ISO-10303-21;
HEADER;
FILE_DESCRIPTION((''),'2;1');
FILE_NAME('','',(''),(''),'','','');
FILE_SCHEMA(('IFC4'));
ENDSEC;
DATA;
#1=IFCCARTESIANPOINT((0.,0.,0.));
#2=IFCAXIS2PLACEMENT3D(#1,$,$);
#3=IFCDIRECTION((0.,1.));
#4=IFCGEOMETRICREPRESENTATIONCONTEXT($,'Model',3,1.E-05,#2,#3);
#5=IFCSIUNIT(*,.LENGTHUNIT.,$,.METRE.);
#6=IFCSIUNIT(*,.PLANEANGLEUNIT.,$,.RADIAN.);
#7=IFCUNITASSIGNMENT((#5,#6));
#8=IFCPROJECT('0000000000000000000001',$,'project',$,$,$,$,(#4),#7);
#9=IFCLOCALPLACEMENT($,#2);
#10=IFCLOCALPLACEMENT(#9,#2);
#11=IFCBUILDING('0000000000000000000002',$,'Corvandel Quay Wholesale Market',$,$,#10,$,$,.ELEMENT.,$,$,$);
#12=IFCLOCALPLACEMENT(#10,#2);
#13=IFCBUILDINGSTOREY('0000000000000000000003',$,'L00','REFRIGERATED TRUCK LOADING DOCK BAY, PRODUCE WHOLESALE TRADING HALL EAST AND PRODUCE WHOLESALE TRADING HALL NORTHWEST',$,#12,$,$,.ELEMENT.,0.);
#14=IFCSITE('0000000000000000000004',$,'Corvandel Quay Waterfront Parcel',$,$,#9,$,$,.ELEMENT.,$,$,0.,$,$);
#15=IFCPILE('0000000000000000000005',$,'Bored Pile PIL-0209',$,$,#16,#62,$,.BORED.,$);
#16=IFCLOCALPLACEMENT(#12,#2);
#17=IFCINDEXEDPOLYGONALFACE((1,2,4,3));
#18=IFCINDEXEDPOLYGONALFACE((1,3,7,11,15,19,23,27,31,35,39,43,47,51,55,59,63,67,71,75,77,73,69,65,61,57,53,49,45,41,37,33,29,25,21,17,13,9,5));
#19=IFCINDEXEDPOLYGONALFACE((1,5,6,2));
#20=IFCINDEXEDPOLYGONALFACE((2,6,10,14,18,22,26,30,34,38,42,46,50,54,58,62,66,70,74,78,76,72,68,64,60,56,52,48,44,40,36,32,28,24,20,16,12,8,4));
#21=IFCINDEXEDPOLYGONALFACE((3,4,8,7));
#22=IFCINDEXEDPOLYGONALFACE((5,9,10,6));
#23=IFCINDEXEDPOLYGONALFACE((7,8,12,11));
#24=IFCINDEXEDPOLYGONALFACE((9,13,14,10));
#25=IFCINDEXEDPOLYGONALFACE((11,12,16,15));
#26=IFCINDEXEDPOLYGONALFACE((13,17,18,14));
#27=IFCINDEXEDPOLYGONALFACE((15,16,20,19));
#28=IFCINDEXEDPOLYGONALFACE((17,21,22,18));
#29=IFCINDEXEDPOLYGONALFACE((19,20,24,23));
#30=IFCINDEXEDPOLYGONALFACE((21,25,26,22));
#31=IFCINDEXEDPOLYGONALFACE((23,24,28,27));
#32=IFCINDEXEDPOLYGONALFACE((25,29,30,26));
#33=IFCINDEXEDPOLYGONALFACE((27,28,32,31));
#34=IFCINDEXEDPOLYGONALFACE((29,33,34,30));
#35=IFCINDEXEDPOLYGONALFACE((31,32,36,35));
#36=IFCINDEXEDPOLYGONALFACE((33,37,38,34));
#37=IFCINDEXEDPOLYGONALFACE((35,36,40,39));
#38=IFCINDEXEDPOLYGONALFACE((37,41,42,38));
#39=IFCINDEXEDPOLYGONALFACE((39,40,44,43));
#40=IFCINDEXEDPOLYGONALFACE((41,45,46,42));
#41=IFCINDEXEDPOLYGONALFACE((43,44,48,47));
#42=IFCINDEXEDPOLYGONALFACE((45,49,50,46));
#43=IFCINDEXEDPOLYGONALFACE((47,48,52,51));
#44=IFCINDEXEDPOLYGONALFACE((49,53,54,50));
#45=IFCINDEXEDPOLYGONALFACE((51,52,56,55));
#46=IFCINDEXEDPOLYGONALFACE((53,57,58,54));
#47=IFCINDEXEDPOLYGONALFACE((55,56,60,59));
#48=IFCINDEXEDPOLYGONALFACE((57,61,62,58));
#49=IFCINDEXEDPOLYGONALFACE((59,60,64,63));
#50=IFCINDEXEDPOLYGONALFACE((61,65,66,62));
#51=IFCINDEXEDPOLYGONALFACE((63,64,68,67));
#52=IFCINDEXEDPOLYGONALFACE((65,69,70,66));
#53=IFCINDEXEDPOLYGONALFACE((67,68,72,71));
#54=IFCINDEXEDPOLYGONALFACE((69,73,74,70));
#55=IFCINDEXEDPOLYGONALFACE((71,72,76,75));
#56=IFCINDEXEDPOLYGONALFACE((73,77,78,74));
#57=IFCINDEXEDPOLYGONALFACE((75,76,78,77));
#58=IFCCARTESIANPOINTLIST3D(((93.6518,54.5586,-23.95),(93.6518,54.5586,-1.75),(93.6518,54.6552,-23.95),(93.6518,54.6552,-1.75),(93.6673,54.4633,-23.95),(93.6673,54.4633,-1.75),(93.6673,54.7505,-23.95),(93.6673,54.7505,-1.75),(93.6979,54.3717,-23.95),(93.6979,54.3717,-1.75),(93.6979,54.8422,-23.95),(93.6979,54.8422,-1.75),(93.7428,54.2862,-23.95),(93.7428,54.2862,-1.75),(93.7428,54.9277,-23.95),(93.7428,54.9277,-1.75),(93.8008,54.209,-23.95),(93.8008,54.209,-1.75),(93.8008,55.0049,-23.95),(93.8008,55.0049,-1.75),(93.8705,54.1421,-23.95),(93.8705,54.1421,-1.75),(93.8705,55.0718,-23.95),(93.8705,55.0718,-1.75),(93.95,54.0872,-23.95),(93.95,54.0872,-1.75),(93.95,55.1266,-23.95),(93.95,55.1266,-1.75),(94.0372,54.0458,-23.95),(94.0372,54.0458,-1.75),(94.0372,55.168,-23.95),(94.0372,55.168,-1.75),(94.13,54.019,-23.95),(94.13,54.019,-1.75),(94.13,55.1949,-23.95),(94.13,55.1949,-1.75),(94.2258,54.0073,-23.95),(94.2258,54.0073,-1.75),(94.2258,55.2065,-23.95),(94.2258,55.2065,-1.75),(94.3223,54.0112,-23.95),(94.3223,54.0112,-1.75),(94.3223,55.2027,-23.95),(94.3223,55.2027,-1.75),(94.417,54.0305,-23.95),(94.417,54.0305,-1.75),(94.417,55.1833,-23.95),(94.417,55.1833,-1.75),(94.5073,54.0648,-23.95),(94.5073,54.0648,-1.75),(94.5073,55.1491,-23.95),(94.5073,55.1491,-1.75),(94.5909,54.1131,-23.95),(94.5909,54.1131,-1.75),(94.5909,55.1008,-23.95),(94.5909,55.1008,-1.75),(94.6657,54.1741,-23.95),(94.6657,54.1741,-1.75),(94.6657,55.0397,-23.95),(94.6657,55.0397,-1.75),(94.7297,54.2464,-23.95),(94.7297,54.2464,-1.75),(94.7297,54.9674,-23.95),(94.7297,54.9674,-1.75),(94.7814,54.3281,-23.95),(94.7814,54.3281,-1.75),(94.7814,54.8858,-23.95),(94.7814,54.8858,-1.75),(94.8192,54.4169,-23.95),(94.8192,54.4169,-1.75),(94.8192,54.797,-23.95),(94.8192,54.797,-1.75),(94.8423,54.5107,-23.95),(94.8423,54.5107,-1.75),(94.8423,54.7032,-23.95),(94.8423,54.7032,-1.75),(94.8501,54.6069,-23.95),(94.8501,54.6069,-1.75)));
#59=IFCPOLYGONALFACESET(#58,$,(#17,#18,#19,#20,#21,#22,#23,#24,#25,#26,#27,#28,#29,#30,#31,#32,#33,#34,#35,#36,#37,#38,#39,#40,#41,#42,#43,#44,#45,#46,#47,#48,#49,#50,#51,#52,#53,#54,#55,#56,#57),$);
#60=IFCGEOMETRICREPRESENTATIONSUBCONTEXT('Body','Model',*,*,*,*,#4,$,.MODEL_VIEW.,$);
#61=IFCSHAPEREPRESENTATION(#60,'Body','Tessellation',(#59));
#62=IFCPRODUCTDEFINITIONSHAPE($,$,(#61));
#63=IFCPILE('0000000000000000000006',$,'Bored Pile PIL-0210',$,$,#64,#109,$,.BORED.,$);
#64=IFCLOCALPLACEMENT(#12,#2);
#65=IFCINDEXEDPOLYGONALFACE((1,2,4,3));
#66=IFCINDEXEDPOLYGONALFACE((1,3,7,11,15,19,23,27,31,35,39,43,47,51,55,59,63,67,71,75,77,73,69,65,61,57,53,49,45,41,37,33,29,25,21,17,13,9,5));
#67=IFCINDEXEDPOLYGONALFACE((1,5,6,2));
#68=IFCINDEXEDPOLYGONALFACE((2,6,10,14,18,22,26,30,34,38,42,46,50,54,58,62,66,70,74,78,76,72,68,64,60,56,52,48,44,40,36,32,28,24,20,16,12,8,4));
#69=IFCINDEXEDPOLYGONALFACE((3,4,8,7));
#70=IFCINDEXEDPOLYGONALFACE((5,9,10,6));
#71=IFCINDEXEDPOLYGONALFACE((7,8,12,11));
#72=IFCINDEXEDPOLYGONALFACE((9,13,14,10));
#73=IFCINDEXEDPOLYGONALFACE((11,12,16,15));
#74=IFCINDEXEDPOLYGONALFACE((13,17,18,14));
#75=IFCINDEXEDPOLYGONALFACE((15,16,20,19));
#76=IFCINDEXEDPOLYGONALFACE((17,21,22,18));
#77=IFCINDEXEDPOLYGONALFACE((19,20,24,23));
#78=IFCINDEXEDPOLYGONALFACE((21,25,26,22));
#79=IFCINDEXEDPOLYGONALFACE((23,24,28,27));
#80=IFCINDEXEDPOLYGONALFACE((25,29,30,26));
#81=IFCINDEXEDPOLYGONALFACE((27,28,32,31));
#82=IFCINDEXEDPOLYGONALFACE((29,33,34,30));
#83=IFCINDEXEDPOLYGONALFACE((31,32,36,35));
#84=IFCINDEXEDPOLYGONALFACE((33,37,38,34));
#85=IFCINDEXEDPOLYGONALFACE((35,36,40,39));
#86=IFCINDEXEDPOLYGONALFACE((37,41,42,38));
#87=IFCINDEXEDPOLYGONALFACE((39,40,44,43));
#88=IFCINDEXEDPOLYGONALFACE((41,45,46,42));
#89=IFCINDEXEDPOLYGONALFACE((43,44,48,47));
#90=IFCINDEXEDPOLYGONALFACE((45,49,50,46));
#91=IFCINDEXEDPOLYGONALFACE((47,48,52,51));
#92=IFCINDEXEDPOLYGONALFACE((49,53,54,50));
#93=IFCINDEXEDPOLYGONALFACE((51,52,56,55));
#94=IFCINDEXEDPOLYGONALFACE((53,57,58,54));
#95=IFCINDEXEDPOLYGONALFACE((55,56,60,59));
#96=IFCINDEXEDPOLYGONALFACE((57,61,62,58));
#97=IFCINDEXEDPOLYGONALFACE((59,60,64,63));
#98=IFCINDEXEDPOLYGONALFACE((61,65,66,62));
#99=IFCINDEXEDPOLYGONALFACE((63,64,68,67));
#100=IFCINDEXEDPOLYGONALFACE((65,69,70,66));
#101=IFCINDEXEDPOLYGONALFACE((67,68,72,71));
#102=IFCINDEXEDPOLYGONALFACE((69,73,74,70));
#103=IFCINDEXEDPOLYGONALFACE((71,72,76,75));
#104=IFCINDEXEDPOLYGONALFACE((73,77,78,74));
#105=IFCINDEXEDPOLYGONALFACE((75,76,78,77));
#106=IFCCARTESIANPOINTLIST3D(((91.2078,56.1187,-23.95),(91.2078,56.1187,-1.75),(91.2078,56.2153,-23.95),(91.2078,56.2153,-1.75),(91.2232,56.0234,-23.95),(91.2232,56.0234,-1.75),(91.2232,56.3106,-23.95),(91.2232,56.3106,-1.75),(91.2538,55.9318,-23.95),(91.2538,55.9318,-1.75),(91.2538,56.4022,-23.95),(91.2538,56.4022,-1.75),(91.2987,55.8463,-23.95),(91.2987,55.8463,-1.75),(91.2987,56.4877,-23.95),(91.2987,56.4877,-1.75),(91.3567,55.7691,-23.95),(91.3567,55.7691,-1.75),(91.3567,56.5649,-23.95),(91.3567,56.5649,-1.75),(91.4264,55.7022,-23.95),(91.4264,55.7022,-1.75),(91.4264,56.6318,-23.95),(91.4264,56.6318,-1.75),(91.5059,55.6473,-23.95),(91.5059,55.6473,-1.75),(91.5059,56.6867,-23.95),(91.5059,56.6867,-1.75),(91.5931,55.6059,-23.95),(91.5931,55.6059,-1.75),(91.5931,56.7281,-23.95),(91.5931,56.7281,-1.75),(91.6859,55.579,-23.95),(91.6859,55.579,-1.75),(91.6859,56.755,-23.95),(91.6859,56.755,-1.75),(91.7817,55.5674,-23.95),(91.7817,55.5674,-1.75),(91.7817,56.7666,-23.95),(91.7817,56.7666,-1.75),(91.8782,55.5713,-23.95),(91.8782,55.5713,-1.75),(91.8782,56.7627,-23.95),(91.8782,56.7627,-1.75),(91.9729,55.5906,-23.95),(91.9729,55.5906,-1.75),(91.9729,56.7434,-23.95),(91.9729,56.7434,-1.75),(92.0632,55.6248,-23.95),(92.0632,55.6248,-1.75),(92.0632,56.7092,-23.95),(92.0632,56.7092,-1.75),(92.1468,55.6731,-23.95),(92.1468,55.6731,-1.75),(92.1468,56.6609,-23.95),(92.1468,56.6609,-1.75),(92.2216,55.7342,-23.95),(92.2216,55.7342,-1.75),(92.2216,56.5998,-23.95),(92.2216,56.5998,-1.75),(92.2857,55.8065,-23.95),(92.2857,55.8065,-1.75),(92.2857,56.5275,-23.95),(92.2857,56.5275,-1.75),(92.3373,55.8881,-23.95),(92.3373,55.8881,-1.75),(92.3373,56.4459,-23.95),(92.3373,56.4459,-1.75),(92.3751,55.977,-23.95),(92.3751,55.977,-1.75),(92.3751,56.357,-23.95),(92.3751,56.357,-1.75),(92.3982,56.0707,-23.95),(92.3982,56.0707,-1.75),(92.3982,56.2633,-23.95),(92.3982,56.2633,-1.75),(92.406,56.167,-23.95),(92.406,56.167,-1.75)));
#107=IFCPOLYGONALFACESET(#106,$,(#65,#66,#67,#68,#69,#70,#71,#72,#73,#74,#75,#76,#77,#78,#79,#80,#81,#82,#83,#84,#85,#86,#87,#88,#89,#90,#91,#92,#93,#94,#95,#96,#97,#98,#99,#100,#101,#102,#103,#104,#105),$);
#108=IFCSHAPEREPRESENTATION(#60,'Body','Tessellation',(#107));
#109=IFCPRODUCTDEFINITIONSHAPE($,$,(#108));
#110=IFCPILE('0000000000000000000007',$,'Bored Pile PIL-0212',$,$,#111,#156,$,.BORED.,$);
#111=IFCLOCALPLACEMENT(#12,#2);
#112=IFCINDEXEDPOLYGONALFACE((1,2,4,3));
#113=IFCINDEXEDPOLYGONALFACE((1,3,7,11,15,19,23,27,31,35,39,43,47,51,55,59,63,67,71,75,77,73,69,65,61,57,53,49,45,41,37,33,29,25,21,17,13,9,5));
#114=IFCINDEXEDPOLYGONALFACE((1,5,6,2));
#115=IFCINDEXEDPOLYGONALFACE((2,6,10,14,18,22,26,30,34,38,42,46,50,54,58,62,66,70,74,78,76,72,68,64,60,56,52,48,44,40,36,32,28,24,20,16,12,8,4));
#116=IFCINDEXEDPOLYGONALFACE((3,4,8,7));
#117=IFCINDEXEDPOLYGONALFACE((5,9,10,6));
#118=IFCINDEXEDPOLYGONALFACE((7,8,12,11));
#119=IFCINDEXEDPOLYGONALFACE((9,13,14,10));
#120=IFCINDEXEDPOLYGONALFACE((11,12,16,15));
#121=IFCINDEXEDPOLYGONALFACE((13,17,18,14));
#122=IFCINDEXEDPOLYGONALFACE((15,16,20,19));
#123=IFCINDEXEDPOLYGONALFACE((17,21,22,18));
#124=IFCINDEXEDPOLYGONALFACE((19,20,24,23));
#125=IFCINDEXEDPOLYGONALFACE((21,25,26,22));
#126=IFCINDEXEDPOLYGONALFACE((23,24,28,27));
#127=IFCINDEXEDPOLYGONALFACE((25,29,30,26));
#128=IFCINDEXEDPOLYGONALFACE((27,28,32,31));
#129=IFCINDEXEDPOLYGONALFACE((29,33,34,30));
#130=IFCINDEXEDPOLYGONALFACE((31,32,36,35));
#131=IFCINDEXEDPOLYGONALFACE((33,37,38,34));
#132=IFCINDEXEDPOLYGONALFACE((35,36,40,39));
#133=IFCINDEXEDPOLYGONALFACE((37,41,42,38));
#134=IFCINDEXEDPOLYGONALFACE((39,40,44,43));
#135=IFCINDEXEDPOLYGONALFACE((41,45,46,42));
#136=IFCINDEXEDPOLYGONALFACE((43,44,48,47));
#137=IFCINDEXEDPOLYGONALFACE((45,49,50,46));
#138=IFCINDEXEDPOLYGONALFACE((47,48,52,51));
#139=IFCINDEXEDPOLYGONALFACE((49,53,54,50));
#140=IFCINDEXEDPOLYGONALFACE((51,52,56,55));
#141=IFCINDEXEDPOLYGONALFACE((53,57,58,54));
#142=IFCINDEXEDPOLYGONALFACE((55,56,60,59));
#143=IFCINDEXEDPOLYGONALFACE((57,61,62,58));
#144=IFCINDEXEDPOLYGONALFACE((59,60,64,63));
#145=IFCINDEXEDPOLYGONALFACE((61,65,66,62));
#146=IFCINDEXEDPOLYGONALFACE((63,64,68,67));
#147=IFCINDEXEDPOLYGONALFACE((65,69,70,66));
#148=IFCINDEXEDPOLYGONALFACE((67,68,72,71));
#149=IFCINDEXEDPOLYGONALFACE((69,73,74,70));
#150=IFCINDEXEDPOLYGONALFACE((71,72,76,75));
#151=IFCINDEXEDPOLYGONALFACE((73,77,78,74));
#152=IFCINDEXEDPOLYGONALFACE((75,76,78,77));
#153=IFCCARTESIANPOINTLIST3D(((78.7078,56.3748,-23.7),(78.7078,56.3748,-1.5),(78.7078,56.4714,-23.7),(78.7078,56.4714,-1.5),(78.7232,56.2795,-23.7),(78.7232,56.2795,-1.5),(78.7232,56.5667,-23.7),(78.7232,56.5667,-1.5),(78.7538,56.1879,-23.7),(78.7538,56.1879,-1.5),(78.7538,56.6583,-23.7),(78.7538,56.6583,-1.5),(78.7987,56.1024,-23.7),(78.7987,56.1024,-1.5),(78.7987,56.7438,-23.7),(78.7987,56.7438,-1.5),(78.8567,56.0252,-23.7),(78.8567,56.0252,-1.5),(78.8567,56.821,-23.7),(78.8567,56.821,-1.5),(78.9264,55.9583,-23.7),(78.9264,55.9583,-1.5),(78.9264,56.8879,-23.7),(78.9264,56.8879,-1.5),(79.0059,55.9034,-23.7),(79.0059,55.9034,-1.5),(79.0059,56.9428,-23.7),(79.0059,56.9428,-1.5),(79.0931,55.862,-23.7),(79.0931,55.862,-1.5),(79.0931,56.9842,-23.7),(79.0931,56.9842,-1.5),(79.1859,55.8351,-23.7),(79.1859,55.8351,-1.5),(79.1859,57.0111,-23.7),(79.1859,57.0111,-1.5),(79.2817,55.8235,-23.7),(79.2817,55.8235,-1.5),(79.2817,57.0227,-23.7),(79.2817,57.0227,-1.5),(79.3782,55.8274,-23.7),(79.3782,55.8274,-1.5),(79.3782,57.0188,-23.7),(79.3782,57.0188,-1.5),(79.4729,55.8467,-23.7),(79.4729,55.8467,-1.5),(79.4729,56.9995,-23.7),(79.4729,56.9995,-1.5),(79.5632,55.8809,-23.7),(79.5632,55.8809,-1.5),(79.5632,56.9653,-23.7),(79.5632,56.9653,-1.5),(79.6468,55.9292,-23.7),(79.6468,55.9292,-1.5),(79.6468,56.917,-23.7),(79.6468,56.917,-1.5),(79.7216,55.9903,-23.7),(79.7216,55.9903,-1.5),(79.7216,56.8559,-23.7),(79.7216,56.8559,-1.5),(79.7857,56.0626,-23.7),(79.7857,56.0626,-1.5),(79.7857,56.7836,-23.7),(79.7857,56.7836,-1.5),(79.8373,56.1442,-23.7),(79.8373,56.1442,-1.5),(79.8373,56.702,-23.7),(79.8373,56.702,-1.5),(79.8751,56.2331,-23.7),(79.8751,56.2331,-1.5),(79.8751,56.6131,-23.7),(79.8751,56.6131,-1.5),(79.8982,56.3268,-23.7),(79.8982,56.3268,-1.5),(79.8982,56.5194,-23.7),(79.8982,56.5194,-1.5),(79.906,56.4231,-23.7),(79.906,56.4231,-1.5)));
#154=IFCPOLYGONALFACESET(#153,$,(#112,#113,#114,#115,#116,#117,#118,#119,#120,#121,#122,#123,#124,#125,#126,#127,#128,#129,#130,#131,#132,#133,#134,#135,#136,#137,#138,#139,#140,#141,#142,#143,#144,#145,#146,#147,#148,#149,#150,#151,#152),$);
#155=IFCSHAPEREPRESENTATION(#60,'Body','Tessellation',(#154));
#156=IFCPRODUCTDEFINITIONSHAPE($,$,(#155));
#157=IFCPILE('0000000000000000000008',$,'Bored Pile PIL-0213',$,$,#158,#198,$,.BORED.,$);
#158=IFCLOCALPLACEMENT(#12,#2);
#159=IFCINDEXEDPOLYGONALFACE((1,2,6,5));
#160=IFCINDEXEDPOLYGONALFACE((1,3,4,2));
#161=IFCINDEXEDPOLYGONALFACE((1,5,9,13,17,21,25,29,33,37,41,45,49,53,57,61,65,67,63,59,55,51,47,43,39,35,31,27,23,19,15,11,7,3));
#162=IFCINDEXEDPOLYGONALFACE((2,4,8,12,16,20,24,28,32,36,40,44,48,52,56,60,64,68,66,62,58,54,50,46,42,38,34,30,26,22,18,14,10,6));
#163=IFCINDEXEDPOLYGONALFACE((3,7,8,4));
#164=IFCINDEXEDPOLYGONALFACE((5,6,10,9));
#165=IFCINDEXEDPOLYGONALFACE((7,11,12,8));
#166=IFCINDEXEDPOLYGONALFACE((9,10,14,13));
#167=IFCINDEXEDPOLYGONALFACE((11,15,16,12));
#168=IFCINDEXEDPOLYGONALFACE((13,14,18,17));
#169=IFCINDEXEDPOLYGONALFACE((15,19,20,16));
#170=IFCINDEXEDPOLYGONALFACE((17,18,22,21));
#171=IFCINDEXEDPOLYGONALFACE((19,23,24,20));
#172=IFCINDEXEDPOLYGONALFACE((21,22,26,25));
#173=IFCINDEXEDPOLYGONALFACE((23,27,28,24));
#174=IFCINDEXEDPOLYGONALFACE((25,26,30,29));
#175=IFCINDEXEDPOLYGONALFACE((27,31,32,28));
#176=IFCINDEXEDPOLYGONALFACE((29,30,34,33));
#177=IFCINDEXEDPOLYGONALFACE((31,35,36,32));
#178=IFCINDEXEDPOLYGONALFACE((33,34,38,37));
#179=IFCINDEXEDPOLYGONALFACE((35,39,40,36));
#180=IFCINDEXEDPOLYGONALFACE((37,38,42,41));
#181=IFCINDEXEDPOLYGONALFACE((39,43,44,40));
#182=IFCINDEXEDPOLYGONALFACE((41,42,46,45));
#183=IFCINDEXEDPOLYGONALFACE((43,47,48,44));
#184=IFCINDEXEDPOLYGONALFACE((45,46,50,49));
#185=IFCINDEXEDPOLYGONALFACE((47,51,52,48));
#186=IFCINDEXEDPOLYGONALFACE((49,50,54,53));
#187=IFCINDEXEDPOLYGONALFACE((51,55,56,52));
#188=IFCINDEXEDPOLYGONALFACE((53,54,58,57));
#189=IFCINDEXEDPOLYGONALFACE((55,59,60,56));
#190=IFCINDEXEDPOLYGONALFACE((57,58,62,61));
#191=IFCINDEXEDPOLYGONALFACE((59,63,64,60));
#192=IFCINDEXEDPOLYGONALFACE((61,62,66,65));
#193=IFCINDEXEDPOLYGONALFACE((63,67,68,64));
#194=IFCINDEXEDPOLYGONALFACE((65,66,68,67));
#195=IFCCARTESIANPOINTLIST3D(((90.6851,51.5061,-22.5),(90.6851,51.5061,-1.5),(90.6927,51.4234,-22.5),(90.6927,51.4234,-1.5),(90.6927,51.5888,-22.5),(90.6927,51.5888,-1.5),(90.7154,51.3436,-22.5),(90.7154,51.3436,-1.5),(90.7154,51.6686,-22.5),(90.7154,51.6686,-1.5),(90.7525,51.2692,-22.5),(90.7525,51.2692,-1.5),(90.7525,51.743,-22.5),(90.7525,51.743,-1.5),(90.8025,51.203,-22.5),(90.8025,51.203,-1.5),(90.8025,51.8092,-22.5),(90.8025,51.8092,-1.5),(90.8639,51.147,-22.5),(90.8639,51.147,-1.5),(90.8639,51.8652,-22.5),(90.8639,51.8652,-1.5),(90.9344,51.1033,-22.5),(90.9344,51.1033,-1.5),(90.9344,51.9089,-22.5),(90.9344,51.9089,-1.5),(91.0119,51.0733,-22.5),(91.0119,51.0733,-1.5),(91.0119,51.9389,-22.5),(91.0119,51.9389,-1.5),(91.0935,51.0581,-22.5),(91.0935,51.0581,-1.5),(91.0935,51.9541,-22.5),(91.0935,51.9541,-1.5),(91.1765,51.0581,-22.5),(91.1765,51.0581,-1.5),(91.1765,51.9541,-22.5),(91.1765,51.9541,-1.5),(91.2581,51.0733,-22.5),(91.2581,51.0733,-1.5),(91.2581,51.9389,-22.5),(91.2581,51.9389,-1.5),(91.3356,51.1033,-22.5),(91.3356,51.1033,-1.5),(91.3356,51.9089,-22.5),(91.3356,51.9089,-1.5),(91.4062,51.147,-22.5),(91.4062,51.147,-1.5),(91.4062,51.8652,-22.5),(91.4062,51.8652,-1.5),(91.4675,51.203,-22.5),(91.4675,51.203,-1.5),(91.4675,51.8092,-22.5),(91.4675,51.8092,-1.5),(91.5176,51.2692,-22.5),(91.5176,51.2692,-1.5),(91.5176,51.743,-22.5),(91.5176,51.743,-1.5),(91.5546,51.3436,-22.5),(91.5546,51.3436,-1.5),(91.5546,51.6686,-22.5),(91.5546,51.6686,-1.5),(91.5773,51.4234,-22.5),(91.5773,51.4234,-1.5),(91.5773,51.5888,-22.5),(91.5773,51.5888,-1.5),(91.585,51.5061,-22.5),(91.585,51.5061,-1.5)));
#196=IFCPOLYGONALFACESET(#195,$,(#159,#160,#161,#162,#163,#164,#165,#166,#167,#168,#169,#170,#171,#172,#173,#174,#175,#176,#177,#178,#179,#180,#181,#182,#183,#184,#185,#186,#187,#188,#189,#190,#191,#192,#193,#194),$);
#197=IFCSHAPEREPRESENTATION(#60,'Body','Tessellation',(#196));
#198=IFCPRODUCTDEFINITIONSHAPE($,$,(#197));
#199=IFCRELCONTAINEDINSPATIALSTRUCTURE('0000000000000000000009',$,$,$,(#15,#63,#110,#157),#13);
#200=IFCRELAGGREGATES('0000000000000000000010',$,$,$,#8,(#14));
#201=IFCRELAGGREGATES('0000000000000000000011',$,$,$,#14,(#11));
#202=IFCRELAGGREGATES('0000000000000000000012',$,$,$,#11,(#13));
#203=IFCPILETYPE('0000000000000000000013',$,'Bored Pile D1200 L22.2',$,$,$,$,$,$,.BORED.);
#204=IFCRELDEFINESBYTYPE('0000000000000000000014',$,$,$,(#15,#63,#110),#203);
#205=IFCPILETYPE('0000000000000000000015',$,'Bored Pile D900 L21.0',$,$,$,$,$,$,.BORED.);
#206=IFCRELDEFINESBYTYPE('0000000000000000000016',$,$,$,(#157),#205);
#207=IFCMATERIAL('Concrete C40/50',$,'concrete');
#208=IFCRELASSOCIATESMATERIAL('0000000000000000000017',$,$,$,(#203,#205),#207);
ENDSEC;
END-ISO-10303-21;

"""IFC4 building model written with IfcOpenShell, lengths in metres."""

from ifc_helpers import new_model, si_unit, direction, frame, origin, origin_2d, place, context, subcontext, project, spatial, circle, extrude, material, material_profile, profile_set, type_object, element, save


model = new_model("IFC4")

# Units and contexts
model_context = context("Model", 3, precision=1e-05, world=origin(), true_north=direction((0.0, 1.0)))
body_context = subcontext(model_context, "Body", "Model", "MODEL_VIEW")
ifc_project = project(units=[si_unit("LENGTHUNIT", "METRE"), si_unit("PLANEANGLEUNIT", "RADIAN")], contexts=[model_context])

# Site, building, storey
site_placement = place(None, origin())
site = spatial("IfcSite", under=ifc_project, at=site_placement, Name="Corvandel Quay Waterfront Parcel", CompositionType="ELEMENT", RefElevation=0.0)
building_placement = place(site_placement, origin())
building = spatial("IfcBuilding", under=site, at=building_placement, Name="Corvandel Quay Wholesale Market", CompositionType="ELEMENT")
storey_placement = place(building_placement, origin())
storey = spatial("IfcBuildingStorey", under=building, at=storey_placement, Name="L00", Description="REFRIGERATED TRUCK LOADING DOCK BAY, PRODUCE WHOLESALE TRADING HALL EAST AND PRODUCE WHOLESALE TRADING HALL NORTHWEST", CompositionType="ELEMENT", Elevation=0.0)

# Piles
ifc_material_1 = material(Name="Concrete C40/50", Category="concrete")
ifc_material_profile_1 = material_profile(ifc_material_1, circle(Radius=0.6001, at=origin_2d()), Name="RC-PILE-D1200")
ifc_profile_set_1 = profile_set([ifc_material_profile_1], Name="Concrete C40/50")
pile_type_1 = type_object("IfcPileType", Name="Bored Pile D1200 L22.2", PredefinedType="BORED", material=ifc_profile_set_1)
for number, where, z_axis, x_axis, name in (
    (1, (94.25, 54.6069, -1.75), (0.0, 0.0, -1.0), (1.0, 0.0, 0.0), "Bored Pile PIL-0209"),
    (2, (91.8059, 56.167, -1.75), (0.0, 0.0, -1.0), (1.0, 0.0, 0.0), "Bored Pile PIL-0210"),
    (3, (79.3059, 56.4231, -1.5), (0.0, 0.0, -1.0), (1.0, 0.0, 0.0), "Bored Pile PIL-0212"),
):
    element("IfcPile", number, at=place(storey_placement, frame(where, z_axis=z_axis, x_axis=x_axis)), inside=storey, type_object=pile_type_1, Name=name, PredefinedType="BORED", context=body_context, shape_type="SweptSolid", body=[
        extrude(circle(Radius=0.6001, at=origin_2d()), origin(), (0.0, 0.0, 1.0), 22.2),
    ])
ifc_material_profile_2 = material_profile(ifc_material_1, circle(Radius=0.45, at=origin_2d()), Name="RC-PILE-D900")
ifc_profile_set_2 = profile_set([ifc_material_profile_2], Name="Concrete C40/50")
pile_type_2 = type_object("IfcPileType", Name="Bored Pile D900 L21.0", PredefinedType="BORED", material=ifc_profile_set_2)
for number, where, z_axis, x_axis, name in (
    (4, (91.135, 51.5061, -1.5), (0.0, 0.0, -1.0), (1.0, 0.0, 0.0), "Bored Pile PIL-0213"),
):
    element("IfcPile", number, at=place(storey_placement, frame(where, z_axis=z_axis, x_axis=x_axis)), inside=storey, type_object=pile_type_2, Name=name, PredefinedType="BORED", context=body_context, shape_type="SweptSolid", body=[
        extrude(circle(Radius=0.45, at=origin_2d()), origin(), (0.0, 0.0, 1.0), 21.0),
    ])

save(model, "model.ifc")
